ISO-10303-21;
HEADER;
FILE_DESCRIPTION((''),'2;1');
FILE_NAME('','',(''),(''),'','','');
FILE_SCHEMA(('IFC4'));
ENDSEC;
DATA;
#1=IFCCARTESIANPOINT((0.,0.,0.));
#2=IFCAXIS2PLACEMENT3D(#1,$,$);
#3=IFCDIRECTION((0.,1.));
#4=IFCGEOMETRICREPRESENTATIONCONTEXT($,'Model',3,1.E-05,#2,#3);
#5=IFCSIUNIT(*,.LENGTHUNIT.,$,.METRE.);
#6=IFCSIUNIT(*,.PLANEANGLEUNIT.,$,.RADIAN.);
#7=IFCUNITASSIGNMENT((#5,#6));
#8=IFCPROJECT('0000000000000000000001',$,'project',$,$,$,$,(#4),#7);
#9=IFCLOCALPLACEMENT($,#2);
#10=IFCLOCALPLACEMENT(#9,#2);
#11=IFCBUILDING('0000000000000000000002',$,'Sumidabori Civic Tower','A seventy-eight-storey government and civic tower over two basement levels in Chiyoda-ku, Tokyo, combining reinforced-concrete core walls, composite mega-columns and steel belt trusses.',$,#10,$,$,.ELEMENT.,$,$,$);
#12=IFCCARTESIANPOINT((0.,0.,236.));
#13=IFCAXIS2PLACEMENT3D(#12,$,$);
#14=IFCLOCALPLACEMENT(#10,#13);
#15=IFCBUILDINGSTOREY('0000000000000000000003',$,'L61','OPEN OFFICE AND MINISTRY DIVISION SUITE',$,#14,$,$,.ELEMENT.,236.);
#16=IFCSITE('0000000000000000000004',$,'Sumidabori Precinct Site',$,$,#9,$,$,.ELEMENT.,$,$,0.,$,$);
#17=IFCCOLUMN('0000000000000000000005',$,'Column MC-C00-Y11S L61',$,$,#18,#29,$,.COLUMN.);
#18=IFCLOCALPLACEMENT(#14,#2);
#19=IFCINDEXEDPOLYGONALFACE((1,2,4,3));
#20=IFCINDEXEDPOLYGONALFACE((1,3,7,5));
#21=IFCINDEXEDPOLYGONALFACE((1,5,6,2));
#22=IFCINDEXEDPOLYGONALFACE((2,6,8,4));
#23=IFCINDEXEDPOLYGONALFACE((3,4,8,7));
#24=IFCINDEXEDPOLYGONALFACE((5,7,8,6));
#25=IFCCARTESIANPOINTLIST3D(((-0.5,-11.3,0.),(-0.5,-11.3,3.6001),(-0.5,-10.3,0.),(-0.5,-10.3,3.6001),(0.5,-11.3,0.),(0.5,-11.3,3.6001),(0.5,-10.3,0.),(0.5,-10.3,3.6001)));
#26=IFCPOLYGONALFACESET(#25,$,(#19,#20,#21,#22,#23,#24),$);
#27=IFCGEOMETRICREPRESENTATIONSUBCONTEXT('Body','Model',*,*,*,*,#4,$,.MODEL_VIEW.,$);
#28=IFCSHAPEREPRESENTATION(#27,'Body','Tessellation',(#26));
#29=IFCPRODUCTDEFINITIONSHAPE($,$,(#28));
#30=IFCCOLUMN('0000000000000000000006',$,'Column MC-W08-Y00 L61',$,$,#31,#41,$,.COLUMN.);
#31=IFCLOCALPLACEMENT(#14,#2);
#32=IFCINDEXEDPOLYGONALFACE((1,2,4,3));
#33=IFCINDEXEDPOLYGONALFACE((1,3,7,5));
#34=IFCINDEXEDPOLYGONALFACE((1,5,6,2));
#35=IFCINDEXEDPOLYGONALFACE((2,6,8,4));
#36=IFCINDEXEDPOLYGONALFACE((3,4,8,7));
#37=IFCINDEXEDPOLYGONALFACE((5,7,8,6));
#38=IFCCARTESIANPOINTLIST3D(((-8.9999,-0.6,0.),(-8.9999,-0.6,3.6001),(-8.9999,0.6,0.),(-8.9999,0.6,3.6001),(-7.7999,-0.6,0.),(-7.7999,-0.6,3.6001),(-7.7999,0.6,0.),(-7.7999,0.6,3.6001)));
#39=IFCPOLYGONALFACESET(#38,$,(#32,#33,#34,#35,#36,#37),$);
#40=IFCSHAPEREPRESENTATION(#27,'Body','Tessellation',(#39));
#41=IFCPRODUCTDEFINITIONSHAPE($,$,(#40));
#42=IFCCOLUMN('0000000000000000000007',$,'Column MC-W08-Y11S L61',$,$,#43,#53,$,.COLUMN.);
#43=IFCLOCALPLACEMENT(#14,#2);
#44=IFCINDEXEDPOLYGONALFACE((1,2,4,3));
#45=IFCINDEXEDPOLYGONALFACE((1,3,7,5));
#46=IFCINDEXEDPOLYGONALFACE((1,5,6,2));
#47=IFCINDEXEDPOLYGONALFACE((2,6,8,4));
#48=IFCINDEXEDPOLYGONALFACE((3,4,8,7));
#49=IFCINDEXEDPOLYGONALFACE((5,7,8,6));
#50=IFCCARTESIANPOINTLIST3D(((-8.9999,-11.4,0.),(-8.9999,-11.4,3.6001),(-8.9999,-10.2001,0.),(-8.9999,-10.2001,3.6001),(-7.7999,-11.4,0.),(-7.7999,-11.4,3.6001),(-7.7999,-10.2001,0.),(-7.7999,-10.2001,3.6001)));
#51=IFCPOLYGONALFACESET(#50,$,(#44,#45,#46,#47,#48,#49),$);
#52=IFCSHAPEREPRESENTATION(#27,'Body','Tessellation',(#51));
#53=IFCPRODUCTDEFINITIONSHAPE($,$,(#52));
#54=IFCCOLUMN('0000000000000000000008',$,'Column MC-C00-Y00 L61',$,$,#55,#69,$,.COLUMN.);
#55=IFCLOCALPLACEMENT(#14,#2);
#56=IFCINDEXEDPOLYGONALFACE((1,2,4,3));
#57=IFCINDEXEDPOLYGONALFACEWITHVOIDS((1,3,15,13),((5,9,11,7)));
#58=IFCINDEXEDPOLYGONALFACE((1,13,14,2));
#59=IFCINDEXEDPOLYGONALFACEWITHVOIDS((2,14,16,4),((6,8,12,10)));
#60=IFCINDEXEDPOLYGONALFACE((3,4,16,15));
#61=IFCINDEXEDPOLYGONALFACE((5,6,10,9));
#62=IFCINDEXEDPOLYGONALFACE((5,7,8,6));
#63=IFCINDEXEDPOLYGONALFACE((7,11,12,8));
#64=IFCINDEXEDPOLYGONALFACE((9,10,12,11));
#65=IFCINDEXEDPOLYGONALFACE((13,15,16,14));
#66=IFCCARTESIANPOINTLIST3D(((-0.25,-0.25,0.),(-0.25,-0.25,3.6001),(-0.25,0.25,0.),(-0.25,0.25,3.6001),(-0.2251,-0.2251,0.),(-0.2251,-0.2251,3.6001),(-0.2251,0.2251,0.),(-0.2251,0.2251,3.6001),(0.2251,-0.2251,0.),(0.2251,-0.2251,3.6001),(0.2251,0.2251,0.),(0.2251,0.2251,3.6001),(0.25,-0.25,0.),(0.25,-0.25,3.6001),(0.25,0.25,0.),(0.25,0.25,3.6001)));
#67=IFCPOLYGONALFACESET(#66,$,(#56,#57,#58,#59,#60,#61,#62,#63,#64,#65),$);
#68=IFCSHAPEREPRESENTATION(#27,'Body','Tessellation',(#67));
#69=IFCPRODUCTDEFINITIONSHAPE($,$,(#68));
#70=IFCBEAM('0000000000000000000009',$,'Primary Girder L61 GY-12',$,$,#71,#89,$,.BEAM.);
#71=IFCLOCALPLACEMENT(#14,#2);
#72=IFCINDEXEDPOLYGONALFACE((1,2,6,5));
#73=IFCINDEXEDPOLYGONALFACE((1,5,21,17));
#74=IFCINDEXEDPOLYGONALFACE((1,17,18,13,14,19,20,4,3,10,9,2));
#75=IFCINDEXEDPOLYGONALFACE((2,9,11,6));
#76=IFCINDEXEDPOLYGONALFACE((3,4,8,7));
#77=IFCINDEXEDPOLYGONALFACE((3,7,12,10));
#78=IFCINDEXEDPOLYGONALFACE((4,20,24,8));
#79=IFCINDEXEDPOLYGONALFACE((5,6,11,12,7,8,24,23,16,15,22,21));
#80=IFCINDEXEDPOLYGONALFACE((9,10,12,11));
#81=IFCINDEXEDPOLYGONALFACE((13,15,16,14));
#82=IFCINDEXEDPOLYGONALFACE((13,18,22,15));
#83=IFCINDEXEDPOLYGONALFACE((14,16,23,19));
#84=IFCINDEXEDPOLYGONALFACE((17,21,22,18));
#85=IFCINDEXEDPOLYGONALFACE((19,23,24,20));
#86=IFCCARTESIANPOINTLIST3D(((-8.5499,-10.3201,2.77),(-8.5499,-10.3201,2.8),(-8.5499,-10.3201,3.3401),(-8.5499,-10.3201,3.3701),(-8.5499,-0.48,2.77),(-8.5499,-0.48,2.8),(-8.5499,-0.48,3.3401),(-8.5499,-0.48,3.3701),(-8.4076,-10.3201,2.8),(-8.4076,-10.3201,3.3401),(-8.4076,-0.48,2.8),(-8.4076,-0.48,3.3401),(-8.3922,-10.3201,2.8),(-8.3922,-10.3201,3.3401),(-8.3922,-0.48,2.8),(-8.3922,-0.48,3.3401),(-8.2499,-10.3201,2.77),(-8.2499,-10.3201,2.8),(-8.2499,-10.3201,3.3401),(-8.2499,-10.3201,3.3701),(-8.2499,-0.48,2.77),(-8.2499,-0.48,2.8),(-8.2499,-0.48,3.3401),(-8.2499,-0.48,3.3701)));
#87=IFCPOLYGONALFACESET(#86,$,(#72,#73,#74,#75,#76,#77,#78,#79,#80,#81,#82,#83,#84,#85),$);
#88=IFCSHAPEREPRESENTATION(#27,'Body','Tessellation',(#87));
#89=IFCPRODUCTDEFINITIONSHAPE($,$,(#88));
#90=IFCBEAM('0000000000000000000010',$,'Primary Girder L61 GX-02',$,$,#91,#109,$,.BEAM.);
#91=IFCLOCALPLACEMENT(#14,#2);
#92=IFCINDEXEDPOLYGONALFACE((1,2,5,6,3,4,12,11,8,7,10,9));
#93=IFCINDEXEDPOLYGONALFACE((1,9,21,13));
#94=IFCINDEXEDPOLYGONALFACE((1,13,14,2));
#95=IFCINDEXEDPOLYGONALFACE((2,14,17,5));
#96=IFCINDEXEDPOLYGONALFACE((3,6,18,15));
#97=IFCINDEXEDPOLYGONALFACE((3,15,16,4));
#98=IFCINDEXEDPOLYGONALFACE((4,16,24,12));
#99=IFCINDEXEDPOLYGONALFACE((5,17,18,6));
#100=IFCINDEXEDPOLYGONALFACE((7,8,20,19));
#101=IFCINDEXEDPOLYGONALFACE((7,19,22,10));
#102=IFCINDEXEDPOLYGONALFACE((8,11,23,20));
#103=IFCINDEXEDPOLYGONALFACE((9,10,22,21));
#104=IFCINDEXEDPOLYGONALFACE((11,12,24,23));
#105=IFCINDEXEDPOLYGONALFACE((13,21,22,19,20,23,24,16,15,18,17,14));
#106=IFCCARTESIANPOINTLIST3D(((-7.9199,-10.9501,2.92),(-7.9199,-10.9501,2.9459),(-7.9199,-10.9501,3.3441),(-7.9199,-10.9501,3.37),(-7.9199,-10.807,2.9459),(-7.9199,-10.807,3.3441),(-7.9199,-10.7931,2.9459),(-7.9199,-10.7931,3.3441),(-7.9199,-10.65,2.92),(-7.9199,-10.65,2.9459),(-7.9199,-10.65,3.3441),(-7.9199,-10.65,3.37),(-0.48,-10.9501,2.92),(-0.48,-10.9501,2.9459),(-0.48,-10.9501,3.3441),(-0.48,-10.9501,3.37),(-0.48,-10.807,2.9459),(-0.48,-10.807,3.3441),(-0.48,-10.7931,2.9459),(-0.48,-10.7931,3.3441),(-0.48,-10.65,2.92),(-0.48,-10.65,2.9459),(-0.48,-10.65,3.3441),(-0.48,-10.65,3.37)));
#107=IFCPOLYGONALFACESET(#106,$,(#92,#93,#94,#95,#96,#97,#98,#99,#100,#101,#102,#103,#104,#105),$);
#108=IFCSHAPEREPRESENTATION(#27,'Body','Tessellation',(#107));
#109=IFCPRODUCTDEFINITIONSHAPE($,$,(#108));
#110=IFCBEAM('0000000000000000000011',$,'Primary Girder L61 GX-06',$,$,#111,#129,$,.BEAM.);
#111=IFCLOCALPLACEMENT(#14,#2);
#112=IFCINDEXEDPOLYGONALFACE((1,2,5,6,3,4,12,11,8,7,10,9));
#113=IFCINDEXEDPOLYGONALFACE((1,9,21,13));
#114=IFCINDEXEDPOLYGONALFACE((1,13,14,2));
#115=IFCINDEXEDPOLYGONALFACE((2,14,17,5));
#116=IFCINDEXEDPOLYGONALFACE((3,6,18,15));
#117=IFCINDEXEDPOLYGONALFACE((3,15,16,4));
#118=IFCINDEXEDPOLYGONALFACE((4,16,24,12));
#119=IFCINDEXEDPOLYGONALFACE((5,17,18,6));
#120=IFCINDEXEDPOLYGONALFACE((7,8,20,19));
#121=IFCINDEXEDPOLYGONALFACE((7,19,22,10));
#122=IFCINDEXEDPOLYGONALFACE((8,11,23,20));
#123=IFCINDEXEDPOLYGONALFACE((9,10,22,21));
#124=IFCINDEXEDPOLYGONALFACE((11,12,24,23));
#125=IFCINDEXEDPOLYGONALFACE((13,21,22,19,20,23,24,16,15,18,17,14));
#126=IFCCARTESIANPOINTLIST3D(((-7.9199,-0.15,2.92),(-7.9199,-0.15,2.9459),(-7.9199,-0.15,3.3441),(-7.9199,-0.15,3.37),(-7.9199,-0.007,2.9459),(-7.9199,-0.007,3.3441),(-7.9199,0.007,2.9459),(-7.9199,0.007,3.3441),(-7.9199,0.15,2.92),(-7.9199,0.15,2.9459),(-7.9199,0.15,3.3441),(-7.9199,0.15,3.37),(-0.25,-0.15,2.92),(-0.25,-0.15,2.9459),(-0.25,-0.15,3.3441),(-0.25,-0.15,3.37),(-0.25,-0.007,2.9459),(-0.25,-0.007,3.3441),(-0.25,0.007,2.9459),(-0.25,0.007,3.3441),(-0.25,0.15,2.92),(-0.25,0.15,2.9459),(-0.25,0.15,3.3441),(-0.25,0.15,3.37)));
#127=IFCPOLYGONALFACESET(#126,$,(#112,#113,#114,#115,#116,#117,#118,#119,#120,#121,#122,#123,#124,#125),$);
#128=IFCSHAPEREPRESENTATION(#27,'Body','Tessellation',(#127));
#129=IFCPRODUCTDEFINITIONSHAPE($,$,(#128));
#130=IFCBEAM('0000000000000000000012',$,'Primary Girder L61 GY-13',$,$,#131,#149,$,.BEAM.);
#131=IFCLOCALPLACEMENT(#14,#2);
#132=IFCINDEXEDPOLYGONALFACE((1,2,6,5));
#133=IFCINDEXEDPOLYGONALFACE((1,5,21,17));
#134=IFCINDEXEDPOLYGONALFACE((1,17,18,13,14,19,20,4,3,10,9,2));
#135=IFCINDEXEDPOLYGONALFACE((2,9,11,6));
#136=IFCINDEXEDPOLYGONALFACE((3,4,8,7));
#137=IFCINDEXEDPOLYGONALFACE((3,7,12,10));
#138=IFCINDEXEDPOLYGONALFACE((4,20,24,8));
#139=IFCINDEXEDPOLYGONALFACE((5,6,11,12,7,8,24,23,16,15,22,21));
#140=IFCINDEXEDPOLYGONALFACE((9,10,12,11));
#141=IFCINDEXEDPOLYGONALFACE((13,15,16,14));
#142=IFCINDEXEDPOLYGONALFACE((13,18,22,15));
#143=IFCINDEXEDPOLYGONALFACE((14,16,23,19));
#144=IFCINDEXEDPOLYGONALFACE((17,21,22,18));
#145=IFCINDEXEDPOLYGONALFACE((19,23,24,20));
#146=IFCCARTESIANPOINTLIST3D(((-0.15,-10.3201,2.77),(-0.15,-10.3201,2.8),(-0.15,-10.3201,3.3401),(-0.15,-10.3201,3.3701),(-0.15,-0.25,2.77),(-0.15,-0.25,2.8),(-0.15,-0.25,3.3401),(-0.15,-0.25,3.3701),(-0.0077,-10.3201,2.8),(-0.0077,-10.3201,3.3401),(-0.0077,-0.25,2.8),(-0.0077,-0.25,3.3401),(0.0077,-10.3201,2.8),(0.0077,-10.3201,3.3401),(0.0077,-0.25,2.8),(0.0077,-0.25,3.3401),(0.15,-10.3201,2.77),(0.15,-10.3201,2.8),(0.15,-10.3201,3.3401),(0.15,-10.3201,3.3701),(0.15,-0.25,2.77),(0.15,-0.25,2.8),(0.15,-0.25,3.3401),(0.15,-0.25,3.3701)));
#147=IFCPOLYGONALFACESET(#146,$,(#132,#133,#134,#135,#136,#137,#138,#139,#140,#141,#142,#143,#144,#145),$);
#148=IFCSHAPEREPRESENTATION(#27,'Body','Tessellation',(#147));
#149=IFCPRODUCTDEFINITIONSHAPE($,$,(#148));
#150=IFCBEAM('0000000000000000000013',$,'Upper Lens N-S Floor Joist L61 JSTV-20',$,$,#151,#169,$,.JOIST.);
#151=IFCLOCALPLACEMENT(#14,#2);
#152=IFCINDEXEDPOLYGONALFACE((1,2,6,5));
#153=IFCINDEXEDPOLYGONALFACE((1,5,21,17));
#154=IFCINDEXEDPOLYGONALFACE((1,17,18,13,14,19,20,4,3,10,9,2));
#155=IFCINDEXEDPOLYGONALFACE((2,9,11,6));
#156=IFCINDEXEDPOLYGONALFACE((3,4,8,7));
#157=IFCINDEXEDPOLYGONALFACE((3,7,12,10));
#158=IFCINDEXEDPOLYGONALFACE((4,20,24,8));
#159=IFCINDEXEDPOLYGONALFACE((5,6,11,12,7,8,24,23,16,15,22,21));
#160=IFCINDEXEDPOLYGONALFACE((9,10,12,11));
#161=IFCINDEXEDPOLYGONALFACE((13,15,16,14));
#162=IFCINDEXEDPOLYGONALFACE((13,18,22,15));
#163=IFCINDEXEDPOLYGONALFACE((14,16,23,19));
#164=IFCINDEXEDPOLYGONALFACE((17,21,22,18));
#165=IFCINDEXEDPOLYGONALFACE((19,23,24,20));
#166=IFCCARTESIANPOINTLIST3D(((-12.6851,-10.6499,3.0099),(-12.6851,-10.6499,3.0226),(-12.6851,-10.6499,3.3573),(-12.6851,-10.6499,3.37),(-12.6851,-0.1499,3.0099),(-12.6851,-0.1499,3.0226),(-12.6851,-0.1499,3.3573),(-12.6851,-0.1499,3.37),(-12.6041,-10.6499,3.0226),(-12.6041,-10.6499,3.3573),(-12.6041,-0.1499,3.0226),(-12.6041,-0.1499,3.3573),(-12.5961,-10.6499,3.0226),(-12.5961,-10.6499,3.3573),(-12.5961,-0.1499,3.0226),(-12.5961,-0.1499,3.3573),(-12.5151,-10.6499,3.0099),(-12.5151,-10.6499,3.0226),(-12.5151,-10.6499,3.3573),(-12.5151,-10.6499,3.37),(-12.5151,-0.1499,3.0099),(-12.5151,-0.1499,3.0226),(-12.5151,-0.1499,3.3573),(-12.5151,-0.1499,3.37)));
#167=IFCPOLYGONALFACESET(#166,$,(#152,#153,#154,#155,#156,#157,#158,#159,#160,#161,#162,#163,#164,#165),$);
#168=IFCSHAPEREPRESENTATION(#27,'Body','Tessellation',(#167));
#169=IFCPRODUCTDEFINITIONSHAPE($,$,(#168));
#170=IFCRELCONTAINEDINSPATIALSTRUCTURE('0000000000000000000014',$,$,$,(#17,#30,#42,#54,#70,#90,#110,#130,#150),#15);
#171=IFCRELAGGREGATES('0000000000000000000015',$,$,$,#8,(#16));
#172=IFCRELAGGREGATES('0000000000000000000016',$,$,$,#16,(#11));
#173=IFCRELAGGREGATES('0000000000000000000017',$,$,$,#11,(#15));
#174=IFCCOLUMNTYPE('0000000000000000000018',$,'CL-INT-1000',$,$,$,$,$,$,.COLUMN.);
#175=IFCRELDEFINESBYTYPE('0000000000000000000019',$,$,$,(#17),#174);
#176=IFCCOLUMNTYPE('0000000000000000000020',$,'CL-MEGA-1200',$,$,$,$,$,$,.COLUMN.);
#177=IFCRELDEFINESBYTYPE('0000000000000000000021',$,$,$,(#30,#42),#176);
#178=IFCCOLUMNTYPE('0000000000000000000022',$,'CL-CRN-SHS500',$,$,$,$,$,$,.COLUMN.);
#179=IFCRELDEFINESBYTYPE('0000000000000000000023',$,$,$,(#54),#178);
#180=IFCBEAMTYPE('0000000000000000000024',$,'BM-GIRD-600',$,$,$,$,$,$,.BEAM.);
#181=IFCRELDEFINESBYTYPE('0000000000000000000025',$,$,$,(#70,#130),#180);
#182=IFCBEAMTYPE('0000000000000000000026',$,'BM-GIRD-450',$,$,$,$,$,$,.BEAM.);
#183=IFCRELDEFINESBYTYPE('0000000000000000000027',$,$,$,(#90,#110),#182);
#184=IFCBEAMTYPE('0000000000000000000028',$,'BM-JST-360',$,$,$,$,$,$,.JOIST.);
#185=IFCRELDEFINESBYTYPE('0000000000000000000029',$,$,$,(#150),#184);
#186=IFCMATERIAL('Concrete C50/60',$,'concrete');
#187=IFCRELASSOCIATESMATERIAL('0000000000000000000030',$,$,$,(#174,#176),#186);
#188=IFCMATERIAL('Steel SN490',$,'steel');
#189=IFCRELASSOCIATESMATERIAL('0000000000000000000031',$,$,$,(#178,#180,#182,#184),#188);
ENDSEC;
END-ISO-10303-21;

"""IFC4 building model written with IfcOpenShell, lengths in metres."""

from ifc_helpers import new_model, si_unit, direction, frame, origin, origin_with_axes, origin_2d, place, context, subcontext, project, spatial, rectangle, hollow_rectangle, i_section, extrude, source, transform, mapped, material, material_profile, profile_set, type_object, element, save


model = new_model("IFC4")

# Units and contexts
model_context = context("Model", 3, precision=1e-05, world=origin(), true_north=direction((0.0, 1.0)))
body_context = subcontext(model_context, "Body", "Model", "MODEL_VIEW")
ifc_project = project(units=[si_unit("LENGTHUNIT", "METRE"), si_unit("PLANEANGLEUNIT", "RADIAN")], contexts=[model_context])

# Site, building, storey
site_placement = place(None, origin())
site = spatial("IfcSite", under=ifc_project, at=site_placement, Name="Sumidabori Precinct Site", CompositionType="ELEMENT", RefElevation=0.0)
building_placement = place(site_placement, origin())
building = spatial("IfcBuilding", under=site, at=building_placement, Name="Sumidabori Civic Tower", Description="A seventy-eight-storey government and civic tower over two basement levels in Chiyoda-ku, Tokyo, combining reinforced-concrete core walls, composite mega-columns and steel belt trusses.", CompositionType="ELEMENT")
storey_placement = place(building_placement, frame((0.0, 0.0, 236.0)))
storey = spatial("IfcBuildingStorey", under=building, at=storey_placement, Name="L61", Description="OPEN OFFICE AND MINISTRY DIVISION SUITE", CompositionType="ELEMENT", Elevation=236.0)

# Columns
ifc_material_1 = material(Name="Concrete C50/60", Category="concrete")
ifc_material_profile_1 = material_profile(ifc_material_1, rectangle(XDim=1.0, YDim=1.0, at=origin_2d()), Name="RC 1000x1000")
ifc_profile_set_1 = profile_set([ifc_material_profile_1], Name="Concrete C50/60")
column_type_1 = type_object("IfcColumnType", Name="CL-INT-1000", PredefinedType="COLUMN", material=ifc_profile_set_1)
shared_shape_1 = source(origin(), body_context, "Body", "SweptSolid", [
    extrude(rectangle(XDim=1.0, YDim=1.0, at=origin_2d()), origin(), (0.0, 0.0, 1.0), 3.6001),
])
column_1_placement = place(storey_placement, frame((0.0, -10.8, 0.0), z_axis=(0.0, 0.0, 1.0), x_axis=(1.0, 0.0, 0.0)))
element("IfcColumn", 1, at=column_1_placement, inside=storey, type_object=column_type_1, Name="Column MC-C00-Y11S L61", PredefinedType="COLUMN", context=body_context, shape_type="MappedRepresentation", body=[
    mapped(shared_shape_1, transform((0.0, 0.0, 0.0), x_axis=(1.0, 0.0, 0.0), y_axis=(0.0, 1.0, 0.0), z_axis=(0.0, 0.0, 1.0), scale=1.0)),
])
ifc_material_profile_2 = material_profile(ifc_material_1, rectangle(XDim=1.2, YDim=1.2, at=origin_2d()), Name="RC 1200x1200")
ifc_profile_set_2 = profile_set([ifc_material_profile_2], Name="Concrete C50/60")
column_type_2 = type_object("IfcColumnType", Name="CL-MEGA-1200", PredefinedType="COLUMN", material=ifc_profile_set_2)
shared_shape_2 = source(origin(), body_context, "Body", "SweptSolid", [
    extrude(rectangle(XDim=1.2, YDim=1.2, at=origin_2d()), origin(), (0.0, 0.0, 1.0), 3.6001),
])
for number, where, z_axis, x_axis, name in (
    (2, (-8.3999, 0.0, 0.0), (0.0, 0.0, 1.0), (1.0, 0.0, 0.0), "Column MC-W08-Y00 L61"),
    (3, (-8.3999, -10.8, 0.0), (0.0, 0.0, 1.0), (1.0, 0.0, 0.0), "Column MC-W08-Y11S L61"),
):
    element("IfcColumn", number, at=place(storey_placement, frame(where, z_axis=z_axis, x_axis=x_axis)), inside=storey, type_object=column_type_2, Name=name, PredefinedType="COLUMN", context=body_context, shape_type="MappedRepresentation", body=[
        mapped(shared_shape_2, transform((0.0, 0.0, 0.0), x_axis=(1.0, 0.0, 0.0), y_axis=(0.0, 1.0, 0.0), z_axis=(0.0, 0.0, 1.0), scale=1.0)),
    ])
ifc_material_2 = material(Name="Steel SN490", Category="steel")
ifc_material_profile_3 = material_profile(ifc_material_2, hollow_rectangle(XDim=0.5, YDim=0.5, WallThickness=0.0249, at=origin_2d()), Name="SHS 500x500x25")
ifc_profile_set_3 = profile_set([ifc_material_profile_3], Name="Steel SN490")
column_type_3 = type_object("IfcColumnType", Name="CL-CRN-SHS500", PredefinedType="COLUMN", material=ifc_profile_set_3)
shared_shape_3 = source(origin(), body_context, "Body", "SweptSolid", [
    extrude(hollow_rectangle(XDim=0.5, YDim=0.5, WallThickness=0.0249, at=origin_2d()), origin(), (0.0, 0.0, 1.0), 3.6001),
])
column_2_placement = place(storey_placement, origin_with_axes())
element("IfcColumn", 4, at=column_2_placement, inside=storey, type_object=column_type_3, Name="Column MC-C00-Y00 L61", PredefinedType="COLUMN", context=body_context, shape_type="MappedRepresentation", body=[
    mapped(shared_shape_3, transform((0.0, 0.0, 0.0), x_axis=(1.0, 0.0, 0.0), y_axis=(0.0, 1.0, 0.0), z_axis=(0.0, 0.0, 1.0), scale=1.0)),
])

# Beams
ifc_material_profile_4 = material_profile(ifc_material_2, i_section(OverallWidth=0.3, OverallDepth=0.6001, WebThickness=0.0154, FlangeThickness=0.03, at=origin_2d()), Name="HE 600 B")
ifc_profile_set_4 = profile_set([ifc_material_profile_4], Name="Steel SN490")
beam_type_1 = type_object("IfcBeamType", Name="BM-GIRD-600", PredefinedType="BEAM", material=ifc_profile_set_4)
shared_shape_4 = source(origin(), body_context, "Body", "SweptSolid", [
    extrude(i_section(OverallWidth=0.3, OverallDepth=0.6001, WebThickness=0.0154, FlangeThickness=0.03, at=origin_2d()), origin(), (0.0, 0.0, 1.0), 9.8401),
])
beam_1_placement = place(storey_placement, frame((-8.3999, -10.3201, 3.0701), z_axis=(0.0, 1.0, 0.0), x_axis=(-1.0, 0.0, 0.0)))
element("IfcBeam", 5, at=beam_1_placement, inside=storey, type_object=beam_type_1, Name="Primary Girder L61 GY-12", PredefinedType="BEAM", context=body_context, shape_type="MappedRepresentation", body=[
    mapped(shared_shape_4, transform((0.0, 0.0, 0.0), x_axis=(1.0, 0.0, 0.0), y_axis=(0.0, 1.0, 0.0), z_axis=(0.0, 0.0, 1.0), scale=1.0)),
])
ifc_material_profile_5 = material_profile(ifc_material_2, i_section(OverallWidth=0.3, OverallDepth=0.45, WebThickness=0.0139, FlangeThickness=0.0259, at=origin_2d()), Name="HE 450 B")
ifc_profile_set_5 = profile_set([ifc_material_profile_5], Name="Steel SN490")
beam_type_2 = type_object("IfcBeamType", Name="BM-GIRD-450", PredefinedType="BEAM", material=ifc_profile_set_5)
shared_shape_5 = source(origin(), body_context, "Body", "SweptSolid", [
    extrude(i_section(OverallWidth=0.3, OverallDepth=0.45, WebThickness=0.0139, FlangeThickness=0.0259, at=origin_2d()), origin(), (0.0, 0.0, 1.0), 7.4399),
])
beam_2_placement = place(storey_placement, frame((-7.9199, -10.8, 3.145), z_axis=(1.0, 0.0, 0.0), x_axis=(0.0, 1.0, 0.0)))
element("IfcBeam", 6, at=beam_2_placement, inside=storey, type_object=beam_type_2, Name="Primary Girder L61 GX-02", PredefinedType="BEAM", context=body_context, shape_type="MappedRepresentation", body=[
    mapped(shared_shape_5, transform((0.0, 0.0, 0.0), x_axis=(1.0, 0.0, 0.0), y_axis=(0.0, 1.0, 0.0), z_axis=(0.0, 0.0, 1.0), scale=1.0)),
])
shared_shape_6 = source(origin(), body_context, "Body", "SweptSolid", [
    extrude(i_section(OverallWidth=0.3, OverallDepth=0.45, WebThickness=0.0139, FlangeThickness=0.0259, at=origin_2d()), origin(), (0.0, 0.0, 1.0), 7.6699),
])
beam_3_placement = place(storey_placement, frame((-7.9199, 0.0, 3.145), z_axis=(1.0, 0.0, 0.0), x_axis=(0.0, 1.0, 0.0)))
element("IfcBeam", 7, at=beam_3_placement, inside=storey, type_object=beam_type_2, Name="Primary Girder L61 GX-06", PredefinedType="BEAM", context=body_context, shape_type="MappedRepresentation", body=[
    mapped(shared_shape_6, transform((0.0, 0.0, 0.0), x_axis=(1.0, 0.0, 0.0), y_axis=(0.0, 1.0, 0.0), z_axis=(0.0, 0.0, 1.0), scale=1.0)),
])
shared_shape_7 = source(origin(), body_context, "Body", "SweptSolid", [
    extrude(i_section(OverallWidth=0.3, OverallDepth=0.6001, WebThickness=0.0154, FlangeThickness=0.03, at=origin_2d()), origin(), (0.0, 0.0, 1.0), 10.0701),
])
beam_4_placement = place(storey_placement, frame((0.0, -10.3201, 3.0701), z_axis=(0.0, 1.0, 0.0), x_axis=(-1.0, 0.0, 0.0)))
element("IfcBeam", 8, at=beam_4_placement, inside=storey, type_object=beam_type_1, Name="Primary Girder L61 GY-13", PredefinedType="BEAM", context=body_context, shape_type="MappedRepresentation", body=[
    mapped(shared_shape_7, transform((0.0, 0.0, 0.0), x_axis=(1.0, 0.0, 0.0), y_axis=(0.0, 1.0, 0.0), z_axis=(0.0, 0.0, 1.0), scale=1.0)),
])
ifc_material_profile_6 = material_profile(ifc_material_2, i_section(OverallWidth=0.1699, OverallDepth=0.3601, WebThickness=0.0081, FlangeThickness=0.0127, at=origin_2d()), Name="IPE 360")
ifc_profile_set_6 = profile_set([ifc_material_profile_6], Name="Steel SN490")
beam_type_3 = type_object("IfcBeamType", Name="BM-JST-360", PredefinedType="JOIST", material=ifc_profile_set_6)
shared_shape_8 = source(origin(), body_context, "Body", "SweptSolid", [
    extrude(i_section(OverallWidth=0.1699, OverallDepth=0.3601, WebThickness=0.0081, FlangeThickness=0.0127, at=origin_2d()), origin(), (0.0, 0.0, 1.0), 10.5),
])
for number, where, z_axis, x_axis, name in (
    (9, (-12.6001, -10.6499, 3.1899), (0.0, 1.0, 0.0), (-1.0, 0.0, 0.0), "Upper Lens N-S Floor Joist L61 JSTV-20"),
):
    element("IfcBeam", number, at=place(storey_placement, frame(where, z_axis=z_axis, x_axis=x_axis)), inside=storey, type_object=beam_type_3, Name=name, PredefinedType="JOIST", context=body_context, shape_type="MappedRepresentation", body=[
        mapped(shared_shape_8, transform((0.0, 0.0, 0.0), x_axis=(1.0, 0.0, 0.0), y_axis=(0.0, 1.0, 0.0), z_axis=(0.0, 0.0, 1.0), scale=1.0)),
    ])

save(model, "model.ifc")
